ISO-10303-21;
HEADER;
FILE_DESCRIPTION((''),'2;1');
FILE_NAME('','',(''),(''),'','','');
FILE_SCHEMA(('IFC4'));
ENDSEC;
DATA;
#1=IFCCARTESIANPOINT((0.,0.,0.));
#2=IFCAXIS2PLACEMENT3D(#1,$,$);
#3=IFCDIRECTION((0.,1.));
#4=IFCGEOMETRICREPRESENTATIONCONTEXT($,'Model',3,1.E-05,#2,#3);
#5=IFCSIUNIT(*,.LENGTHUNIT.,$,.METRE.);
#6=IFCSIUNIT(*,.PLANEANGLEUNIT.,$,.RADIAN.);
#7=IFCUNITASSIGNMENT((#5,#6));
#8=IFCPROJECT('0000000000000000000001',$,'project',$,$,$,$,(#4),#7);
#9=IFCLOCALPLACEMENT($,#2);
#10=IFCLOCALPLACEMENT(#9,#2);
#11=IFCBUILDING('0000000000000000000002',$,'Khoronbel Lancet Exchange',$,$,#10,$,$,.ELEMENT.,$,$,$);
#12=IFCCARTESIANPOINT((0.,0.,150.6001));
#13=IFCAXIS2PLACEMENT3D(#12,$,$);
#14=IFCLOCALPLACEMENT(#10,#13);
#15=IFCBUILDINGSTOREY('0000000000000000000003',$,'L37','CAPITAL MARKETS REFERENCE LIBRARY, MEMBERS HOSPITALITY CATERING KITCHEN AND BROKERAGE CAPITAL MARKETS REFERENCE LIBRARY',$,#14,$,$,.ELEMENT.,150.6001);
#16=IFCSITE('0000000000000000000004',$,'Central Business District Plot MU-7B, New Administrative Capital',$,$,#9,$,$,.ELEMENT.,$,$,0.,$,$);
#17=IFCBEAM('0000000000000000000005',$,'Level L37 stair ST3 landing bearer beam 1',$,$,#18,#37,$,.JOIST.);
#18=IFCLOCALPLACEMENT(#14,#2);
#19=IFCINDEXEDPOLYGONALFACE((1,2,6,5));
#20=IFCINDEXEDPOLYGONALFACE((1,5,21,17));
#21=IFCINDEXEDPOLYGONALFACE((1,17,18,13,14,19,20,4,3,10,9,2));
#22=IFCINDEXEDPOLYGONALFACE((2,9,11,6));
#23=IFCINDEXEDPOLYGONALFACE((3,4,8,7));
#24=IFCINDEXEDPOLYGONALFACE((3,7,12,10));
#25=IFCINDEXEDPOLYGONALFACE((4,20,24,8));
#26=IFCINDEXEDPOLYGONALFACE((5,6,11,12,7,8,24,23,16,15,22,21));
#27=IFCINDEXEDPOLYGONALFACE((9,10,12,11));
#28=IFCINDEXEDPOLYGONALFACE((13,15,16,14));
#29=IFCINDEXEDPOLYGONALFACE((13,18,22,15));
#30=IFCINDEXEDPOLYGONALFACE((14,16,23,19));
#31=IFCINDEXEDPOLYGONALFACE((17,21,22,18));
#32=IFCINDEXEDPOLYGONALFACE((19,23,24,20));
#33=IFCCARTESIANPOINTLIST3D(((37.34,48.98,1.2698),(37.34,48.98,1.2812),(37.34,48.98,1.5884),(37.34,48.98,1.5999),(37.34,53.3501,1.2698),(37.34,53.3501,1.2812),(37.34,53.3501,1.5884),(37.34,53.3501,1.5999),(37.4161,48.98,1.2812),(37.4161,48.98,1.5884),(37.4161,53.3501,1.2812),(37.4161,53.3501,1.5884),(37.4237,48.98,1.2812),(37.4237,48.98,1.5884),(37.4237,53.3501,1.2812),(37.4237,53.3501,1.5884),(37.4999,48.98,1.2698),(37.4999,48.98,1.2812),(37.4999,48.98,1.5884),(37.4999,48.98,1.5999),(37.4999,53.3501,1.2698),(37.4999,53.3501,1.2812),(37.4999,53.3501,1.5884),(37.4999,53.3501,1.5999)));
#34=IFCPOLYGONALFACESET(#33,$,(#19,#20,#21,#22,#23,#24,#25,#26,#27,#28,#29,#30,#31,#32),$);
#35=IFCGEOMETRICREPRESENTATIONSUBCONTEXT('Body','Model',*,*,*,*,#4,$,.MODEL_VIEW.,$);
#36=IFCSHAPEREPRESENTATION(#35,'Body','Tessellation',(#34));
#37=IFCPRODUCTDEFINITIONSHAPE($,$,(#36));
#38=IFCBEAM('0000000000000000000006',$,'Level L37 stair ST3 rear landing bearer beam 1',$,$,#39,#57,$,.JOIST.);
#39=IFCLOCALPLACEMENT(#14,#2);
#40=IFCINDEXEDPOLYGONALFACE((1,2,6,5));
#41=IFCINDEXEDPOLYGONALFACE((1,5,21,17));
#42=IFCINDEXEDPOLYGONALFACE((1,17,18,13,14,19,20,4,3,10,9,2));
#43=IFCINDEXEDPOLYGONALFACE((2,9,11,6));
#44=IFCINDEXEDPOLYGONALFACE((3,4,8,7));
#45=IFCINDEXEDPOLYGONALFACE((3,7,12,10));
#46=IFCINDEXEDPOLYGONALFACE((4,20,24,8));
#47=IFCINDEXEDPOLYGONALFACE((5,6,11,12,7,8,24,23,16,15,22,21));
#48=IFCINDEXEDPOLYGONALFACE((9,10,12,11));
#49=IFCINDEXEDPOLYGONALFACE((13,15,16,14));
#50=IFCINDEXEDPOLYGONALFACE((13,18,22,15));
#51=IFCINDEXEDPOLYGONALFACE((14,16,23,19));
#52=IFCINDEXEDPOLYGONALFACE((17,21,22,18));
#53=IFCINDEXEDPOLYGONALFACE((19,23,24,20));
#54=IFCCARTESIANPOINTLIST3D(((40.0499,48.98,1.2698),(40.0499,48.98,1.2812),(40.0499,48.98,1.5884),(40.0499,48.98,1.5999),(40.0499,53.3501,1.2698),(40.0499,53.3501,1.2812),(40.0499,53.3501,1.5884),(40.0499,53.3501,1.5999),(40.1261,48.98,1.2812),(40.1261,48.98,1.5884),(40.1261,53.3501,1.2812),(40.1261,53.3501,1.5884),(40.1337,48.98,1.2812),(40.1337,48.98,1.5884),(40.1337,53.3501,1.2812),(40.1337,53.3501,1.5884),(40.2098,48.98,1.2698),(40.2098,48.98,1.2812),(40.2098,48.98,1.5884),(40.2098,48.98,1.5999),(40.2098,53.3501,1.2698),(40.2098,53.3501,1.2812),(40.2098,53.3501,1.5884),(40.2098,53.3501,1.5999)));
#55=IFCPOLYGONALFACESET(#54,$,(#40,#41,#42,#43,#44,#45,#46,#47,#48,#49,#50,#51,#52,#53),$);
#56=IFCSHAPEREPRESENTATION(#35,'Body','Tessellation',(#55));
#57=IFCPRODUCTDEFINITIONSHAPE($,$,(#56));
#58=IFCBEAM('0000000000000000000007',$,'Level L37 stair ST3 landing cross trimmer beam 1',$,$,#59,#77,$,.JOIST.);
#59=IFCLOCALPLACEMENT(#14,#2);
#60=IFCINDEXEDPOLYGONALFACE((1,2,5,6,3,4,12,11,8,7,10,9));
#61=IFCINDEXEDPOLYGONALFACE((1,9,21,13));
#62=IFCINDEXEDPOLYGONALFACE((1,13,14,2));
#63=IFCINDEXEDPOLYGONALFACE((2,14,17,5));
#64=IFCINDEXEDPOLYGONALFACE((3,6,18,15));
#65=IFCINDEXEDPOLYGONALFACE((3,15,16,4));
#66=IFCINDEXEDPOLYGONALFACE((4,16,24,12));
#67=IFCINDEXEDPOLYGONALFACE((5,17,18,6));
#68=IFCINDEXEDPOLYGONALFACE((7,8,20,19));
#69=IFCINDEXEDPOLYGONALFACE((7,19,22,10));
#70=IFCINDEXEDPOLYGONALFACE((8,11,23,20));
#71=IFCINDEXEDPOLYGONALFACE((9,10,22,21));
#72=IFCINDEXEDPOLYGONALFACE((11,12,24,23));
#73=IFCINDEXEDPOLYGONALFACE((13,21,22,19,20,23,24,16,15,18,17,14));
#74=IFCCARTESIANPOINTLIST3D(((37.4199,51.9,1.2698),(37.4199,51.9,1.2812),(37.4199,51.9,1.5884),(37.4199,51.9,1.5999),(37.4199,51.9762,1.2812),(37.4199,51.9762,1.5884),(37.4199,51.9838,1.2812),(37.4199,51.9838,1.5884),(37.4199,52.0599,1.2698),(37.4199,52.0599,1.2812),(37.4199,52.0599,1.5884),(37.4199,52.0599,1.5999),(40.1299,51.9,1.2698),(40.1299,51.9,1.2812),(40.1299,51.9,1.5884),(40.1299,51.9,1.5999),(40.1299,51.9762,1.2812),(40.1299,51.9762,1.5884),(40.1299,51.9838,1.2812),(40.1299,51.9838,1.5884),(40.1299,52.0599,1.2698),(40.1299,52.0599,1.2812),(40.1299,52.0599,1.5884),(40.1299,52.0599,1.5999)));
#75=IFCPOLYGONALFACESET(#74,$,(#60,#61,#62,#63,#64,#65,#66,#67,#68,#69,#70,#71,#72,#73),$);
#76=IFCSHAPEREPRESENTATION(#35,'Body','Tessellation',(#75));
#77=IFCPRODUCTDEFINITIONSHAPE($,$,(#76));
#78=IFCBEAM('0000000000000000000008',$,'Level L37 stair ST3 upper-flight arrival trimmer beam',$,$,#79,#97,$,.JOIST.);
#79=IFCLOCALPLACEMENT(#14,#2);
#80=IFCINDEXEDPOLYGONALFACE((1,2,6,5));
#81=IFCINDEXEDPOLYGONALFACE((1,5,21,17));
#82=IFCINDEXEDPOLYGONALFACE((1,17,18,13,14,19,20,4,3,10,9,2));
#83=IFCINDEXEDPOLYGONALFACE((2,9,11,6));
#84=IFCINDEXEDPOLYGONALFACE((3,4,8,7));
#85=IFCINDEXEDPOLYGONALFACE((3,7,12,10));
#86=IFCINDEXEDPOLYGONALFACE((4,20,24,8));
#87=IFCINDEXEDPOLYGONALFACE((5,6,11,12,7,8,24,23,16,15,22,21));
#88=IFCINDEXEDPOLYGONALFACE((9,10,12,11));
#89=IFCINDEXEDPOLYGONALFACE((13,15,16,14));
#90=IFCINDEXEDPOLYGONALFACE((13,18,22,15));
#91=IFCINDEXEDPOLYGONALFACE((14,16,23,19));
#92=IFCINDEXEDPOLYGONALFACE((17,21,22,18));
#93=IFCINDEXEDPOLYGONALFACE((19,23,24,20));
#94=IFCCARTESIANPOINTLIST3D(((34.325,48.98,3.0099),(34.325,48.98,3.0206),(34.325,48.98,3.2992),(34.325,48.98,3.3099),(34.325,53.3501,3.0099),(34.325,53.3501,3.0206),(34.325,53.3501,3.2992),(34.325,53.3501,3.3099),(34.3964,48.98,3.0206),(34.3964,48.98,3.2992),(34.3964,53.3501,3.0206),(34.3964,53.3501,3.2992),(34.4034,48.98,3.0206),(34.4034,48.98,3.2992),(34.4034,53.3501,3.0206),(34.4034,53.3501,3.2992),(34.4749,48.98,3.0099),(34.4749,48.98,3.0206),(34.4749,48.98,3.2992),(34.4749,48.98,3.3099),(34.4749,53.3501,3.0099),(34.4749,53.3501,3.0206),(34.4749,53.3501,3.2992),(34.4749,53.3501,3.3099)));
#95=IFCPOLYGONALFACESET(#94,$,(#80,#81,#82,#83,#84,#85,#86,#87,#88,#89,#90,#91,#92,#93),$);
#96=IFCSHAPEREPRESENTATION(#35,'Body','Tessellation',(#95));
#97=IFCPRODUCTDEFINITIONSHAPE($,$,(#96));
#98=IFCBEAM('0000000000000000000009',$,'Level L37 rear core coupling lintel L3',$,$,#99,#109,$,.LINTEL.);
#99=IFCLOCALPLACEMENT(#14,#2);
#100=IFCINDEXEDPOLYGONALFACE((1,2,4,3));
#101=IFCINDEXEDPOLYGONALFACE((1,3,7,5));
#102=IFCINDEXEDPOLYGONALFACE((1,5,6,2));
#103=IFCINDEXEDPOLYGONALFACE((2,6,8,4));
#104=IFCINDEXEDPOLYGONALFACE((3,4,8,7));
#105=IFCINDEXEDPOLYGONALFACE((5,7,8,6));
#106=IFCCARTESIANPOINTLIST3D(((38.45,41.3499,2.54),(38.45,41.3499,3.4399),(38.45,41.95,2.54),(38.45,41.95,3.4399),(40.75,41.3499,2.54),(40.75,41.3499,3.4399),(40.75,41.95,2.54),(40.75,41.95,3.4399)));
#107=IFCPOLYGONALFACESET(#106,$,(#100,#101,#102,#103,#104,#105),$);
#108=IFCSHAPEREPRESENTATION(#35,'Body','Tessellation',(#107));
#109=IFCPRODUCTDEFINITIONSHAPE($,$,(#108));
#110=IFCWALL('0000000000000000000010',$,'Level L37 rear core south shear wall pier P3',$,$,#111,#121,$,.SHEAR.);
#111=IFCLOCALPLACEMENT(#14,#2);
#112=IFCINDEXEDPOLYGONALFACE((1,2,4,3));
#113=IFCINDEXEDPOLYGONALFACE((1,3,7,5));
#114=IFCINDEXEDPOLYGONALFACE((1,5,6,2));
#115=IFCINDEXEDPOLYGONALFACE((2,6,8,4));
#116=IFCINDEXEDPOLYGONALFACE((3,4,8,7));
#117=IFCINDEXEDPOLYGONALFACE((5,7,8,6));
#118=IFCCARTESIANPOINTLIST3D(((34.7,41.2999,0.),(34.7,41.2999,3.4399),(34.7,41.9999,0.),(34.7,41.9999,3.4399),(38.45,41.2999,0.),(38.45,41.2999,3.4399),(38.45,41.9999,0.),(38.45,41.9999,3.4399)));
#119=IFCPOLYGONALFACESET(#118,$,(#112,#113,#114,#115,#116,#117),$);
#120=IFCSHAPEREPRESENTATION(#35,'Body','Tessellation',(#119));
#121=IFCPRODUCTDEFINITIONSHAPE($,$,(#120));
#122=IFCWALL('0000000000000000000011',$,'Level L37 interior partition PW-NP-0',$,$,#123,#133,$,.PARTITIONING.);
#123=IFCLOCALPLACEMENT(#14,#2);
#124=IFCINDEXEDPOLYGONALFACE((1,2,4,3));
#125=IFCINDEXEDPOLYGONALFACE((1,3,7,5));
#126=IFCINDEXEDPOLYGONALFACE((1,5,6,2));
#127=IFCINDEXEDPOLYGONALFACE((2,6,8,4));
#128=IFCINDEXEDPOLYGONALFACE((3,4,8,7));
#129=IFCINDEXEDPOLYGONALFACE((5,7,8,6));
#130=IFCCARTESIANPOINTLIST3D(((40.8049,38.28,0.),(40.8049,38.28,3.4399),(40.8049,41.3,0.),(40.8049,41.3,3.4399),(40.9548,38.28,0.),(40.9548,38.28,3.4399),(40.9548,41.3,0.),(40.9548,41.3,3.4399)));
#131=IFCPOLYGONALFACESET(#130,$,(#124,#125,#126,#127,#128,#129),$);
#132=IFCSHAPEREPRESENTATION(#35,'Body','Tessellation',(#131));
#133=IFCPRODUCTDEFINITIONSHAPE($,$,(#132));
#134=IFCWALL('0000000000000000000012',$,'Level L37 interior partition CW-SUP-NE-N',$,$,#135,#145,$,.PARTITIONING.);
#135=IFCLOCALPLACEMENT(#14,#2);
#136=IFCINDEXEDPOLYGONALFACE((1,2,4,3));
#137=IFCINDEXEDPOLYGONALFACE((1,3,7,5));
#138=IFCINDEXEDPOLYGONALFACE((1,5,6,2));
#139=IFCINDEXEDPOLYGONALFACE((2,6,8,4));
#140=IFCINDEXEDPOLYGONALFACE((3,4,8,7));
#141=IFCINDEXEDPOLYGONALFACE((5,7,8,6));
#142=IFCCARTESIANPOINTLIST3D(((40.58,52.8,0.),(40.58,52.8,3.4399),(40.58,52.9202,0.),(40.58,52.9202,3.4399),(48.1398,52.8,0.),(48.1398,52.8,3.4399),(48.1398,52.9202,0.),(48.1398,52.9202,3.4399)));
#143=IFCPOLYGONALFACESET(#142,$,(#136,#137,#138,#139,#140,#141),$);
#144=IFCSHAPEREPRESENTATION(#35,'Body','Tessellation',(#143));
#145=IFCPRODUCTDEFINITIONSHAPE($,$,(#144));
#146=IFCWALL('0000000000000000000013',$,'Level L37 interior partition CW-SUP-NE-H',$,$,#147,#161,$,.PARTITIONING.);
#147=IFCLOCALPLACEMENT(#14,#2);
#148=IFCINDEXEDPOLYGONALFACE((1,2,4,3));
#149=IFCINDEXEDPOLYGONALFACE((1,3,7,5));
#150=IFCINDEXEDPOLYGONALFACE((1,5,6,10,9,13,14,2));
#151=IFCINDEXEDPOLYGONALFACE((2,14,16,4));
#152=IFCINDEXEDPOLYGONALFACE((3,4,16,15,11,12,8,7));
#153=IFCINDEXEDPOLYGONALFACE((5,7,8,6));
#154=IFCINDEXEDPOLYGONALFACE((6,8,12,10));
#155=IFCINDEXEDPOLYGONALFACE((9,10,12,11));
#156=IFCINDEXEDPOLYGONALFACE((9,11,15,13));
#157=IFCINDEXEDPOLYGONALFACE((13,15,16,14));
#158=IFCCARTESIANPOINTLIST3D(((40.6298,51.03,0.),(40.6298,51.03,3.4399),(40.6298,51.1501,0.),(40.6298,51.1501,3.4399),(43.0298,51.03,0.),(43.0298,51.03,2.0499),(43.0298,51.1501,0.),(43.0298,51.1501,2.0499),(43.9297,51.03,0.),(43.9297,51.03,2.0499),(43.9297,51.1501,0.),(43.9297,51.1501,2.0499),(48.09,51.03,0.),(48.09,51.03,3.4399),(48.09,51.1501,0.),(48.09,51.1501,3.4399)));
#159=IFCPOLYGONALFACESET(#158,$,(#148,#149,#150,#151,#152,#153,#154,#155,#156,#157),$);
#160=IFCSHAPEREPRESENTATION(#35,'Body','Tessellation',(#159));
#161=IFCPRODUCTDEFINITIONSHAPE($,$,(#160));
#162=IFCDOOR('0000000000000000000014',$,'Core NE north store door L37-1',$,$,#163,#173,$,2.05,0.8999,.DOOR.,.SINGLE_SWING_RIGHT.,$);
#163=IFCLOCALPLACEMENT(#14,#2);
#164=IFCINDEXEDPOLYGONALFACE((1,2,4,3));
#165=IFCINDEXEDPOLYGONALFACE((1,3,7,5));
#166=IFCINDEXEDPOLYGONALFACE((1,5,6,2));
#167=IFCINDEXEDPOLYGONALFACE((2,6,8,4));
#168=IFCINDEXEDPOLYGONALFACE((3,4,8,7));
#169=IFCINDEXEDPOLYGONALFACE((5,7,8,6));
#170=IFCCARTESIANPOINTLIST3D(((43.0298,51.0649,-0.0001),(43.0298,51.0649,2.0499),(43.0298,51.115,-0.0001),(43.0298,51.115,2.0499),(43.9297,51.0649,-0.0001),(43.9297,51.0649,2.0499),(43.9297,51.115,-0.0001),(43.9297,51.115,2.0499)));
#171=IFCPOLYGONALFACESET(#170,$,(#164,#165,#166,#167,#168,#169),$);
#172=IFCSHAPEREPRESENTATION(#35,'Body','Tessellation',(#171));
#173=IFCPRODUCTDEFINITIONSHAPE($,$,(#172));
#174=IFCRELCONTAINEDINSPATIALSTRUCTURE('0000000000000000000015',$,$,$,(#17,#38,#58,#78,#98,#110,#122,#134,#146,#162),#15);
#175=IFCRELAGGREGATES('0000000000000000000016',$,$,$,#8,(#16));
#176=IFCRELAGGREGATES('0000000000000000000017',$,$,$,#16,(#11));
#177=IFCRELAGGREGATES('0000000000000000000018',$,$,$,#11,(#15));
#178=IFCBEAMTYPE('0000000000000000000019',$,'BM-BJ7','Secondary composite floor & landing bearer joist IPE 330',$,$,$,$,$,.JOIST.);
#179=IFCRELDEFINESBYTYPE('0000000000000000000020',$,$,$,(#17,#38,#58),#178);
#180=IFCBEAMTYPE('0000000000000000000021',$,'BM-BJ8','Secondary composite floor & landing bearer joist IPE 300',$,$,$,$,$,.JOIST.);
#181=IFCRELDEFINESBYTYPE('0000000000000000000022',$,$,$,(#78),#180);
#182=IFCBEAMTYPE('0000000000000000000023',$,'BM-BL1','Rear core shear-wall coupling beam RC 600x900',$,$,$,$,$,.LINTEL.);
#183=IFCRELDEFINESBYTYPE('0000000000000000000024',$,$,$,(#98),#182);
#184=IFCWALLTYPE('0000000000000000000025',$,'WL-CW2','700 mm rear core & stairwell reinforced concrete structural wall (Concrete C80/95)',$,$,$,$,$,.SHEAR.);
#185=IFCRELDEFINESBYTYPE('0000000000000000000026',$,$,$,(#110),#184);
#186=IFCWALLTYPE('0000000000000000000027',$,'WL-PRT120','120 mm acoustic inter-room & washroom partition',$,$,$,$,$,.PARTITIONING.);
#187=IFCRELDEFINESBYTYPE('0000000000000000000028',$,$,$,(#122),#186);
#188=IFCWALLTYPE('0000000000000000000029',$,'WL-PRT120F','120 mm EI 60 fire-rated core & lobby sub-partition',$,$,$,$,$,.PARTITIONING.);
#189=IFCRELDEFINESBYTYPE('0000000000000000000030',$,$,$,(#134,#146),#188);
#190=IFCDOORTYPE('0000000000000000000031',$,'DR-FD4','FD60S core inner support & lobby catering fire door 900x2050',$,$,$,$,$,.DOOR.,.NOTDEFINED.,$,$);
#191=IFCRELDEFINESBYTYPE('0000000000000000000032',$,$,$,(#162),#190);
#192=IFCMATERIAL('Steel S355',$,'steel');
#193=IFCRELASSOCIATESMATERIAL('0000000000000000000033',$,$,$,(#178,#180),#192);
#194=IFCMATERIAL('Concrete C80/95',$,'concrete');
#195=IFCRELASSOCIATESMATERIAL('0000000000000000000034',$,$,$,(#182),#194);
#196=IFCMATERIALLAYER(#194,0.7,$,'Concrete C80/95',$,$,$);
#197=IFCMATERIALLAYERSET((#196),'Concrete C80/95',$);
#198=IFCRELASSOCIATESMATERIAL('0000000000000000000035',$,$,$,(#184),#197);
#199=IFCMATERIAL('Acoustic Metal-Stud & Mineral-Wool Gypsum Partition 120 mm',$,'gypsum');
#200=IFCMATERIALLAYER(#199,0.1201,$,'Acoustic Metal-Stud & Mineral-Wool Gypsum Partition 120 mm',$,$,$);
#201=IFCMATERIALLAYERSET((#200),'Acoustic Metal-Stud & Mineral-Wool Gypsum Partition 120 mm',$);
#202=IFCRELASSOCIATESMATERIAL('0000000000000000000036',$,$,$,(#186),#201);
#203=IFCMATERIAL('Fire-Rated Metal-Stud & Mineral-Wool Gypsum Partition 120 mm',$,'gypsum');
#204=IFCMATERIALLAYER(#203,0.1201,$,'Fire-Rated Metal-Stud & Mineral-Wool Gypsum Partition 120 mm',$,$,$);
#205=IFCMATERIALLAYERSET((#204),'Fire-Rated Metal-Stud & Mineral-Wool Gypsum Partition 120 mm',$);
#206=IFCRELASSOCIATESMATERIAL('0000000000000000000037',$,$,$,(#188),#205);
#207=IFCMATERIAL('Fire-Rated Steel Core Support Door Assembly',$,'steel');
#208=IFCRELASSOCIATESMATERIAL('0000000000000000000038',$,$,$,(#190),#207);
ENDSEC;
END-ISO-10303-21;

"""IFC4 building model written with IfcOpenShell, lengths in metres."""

from ifc_helpers import new_model, si_unit, direction, frame, frame_2d, origin, origin_2d, place, context, subcontext, project, spatial, rectangle, i_section, extrude, material, layer, layer_set, material_profile, profile_set, type_object, element, fill, save


model = new_model("IFC4")

# Units and contexts
model_context = context("Model", 3, precision=1e-05, world=origin(), true_north=direction((0.0, 1.0)))
body_context = subcontext(model_context, "Body", "Model", "MODEL_VIEW")
ifc_project = project(units=[si_unit("LENGTHUNIT", "METRE"), si_unit("PLANEANGLEUNIT", "RADIAN")], contexts=[model_context])

# Site, building, storey
site_placement = place(None, origin())
site = spatial("IfcSite", under=ifc_project, at=site_placement, Name="Central Business District Plot MU-7B, New Administrative Capital", CompositionType="ELEMENT", RefElevation=0.0)
building_placement = place(site_placement, origin())
building = spatial("IfcBuilding", under=site, at=building_placement, Name="Khoronbel Lancet Exchange", CompositionType="ELEMENT")
storey_placement = place(building_placement, frame((0.0, 0.0, 150.6001)))
storey = spatial("IfcBuildingStorey", under=building, at=storey_placement, Name="L37", Description="CAPITAL MARKETS REFERENCE LIBRARY, MEMBERS HOSPITALITY CATERING KITCHEN AND BROKERAGE CAPITAL MARKETS REFERENCE LIBRARY", CompositionType="ELEMENT", Elevation=150.6001)

# Beams
ifc_material_1 = material(Name="Steel S355", Category="steel")
ifc_material_profile_1 = material_profile(ifc_material_1, i_section(OverallWidth=0.1599, OverallDepth=0.3301, WebThickness=0.0076, FlangeThickness=0.0115, at=origin_2d()), Name="IPE 330")
ifc_profile_set_1 = profile_set([ifc_material_profile_1], Name="Steel S355")
beam_type_1 = type_object("IfcBeamType", Name="BM-BJ7", Description="Secondary composite floor & landing bearer joist IPE 330", PredefinedType="JOIST", material=ifc_profile_set_1)
for number, where, z_axis, x_axis, name in (
    (1, (37.4199, 48.98, 1.4348), (0.0, 1.0, 0.0), (-1.0, 0.0, 0.0), "Level L37 stair ST3 landing bearer beam 1"),
    (2, (40.1299, 48.98, 1.4348), (0.0, 1.0, 0.0), (-1.0, 0.0, 0.0), "Level L37 stair ST3 rear landing bearer beam 1"),
):
    element("IfcBeam", number, at=place(storey_placement, frame(where, z_axis=z_axis, x_axis=x_axis)), inside=storey, type_object=beam_type_1, Name=name, PredefinedType="JOIST", context=body_context, shape_type="SweptSolid", body=[
        extrude(i_section(OverallWidth=0.1599, OverallDepth=0.3301, WebThickness=0.0076, FlangeThickness=0.0115, at=origin_2d()), origin(), (0.0, 0.0, 1.0), 4.3701),
    ])
beam_1_placement = place(storey_placement, frame((37.4199, 51.98, 1.4348), z_axis=(1.0, 0.0, 0.0), x_axis=(0.0, 1.0, 0.0)))
element("IfcBeam", 3, at=beam_1_placement, inside=storey, type_object=beam_type_1, Name="Level L37 stair ST3 landing cross trimmer beam 1", PredefinedType="JOIST", context=body_context, shape_type="SweptSolid", body=[
    extrude(i_section(OverallWidth=0.1599, OverallDepth=0.3301, WebThickness=0.0076, FlangeThickness=0.0115, at=origin_2d()), origin(), (0.0, 0.0, 1.0), 2.71),
])
ifc_material_profile_2 = material_profile(ifc_material_1, i_section(OverallWidth=0.1499, OverallDepth=0.3, WebThickness=0.0071, FlangeThickness=0.0107, at=origin_2d()), Name="IPE 300")
ifc_profile_set_2 = profile_set([ifc_material_profile_2], Name="Steel S355")
beam_type_2 = type_object("IfcBeamType", Name="BM-BJ8", Description="Secondary composite floor & landing bearer joist IPE 300", PredefinedType="JOIST", material=ifc_profile_set_2)
beam_2_placement = place(storey_placement, frame((34.3999, 48.98, 3.1599), z_axis=(0.0, 1.0, 0.0), x_axis=(-1.0, 0.0, 0.0)))
element("IfcBeam", 4, at=beam_2_placement, inside=storey, type_object=beam_type_2, Name="Level L37 stair ST3 upper-flight arrival trimmer beam", PredefinedType="JOIST", context=body_context, shape_type="SweptSolid", body=[
    extrude(i_section(OverallWidth=0.1499, OverallDepth=0.3, WebThickness=0.0071, FlangeThickness=0.0107, at=origin_2d()), origin(), (0.0, 0.0, 1.0), 4.3701),
])
ifc_material_2 = material(Name="Concrete C80/95", Category="concrete")
ifc_material_profile_3 = material_profile(ifc_material_2, rectangle(XDim=0.6001, YDim=0.8999, at=origin_2d()), Name="RC 600x900")
ifc_profile_set_3 = profile_set([ifc_material_profile_3], Name="Concrete C80/95")
beam_type_3 = type_object("IfcBeamType", Name="BM-BL1", Description="Rear core shear-wall coupling beam RC 600x900", PredefinedType="LINTEL", material=ifc_profile_set_3)
beam_3_placement = place(storey_placement, frame((38.45, 41.6499, 2.99), z_axis=(1.0, 0.0, 0.0), x_axis=(0.0, 1.0, 0.0)))
element("IfcBeam", 5, at=beam_3_placement, inside=storey, type_object=beam_type_3, Name="Level L37 rear core coupling lintel L3", PredefinedType="LINTEL", context=body_context, shape_type="SweptSolid", body=[
    extrude(rectangle(XDim=0.6001, YDim=0.8999, at=origin_2d()), origin(), (0.0, 0.0, 1.0), 2.3),
])

# Walls
ifc_layer_1 = layer(ifc_material_2, 0.7, Name="Concrete C80/95")
ifc_layer_set_1 = layer_set([ifc_layer_1], Name="Concrete C80/95")
wall_type_1 = type_object("IfcWallType", Name="WL-CW2", Description="700 mm rear core & stairwell reinforced concrete structural wall (Concrete C80/95)", PredefinedType="SHEAR", material=ifc_layer_set_1)
wall_1_placement = place(storey_placement, frame((38.45, 41.6499, 0.0), z_axis=(0.0, 0.0, 1.0), x_axis=(-1.0, 0.0, 0.0)))
element("IfcWall", 6, at=wall_1_placement, inside=storey, type_object=wall_type_1, Name="Level L37 rear core south shear wall pier P3", PredefinedType="SHEAR", context=body_context, shape_type="SweptSolid", body=[
    extrude(rectangle(XDim=3.75, YDim=0.7, at=frame_2d((1.875, 0.0))), origin(), (0.0, 0.0, 1.0), 3.4399),
])
ifc_material_3 = material(Name="Acoustic Metal-Stud & Mineral-Wool Gypsum Partition 120 mm", Category="gypsum")
ifc_layer_2 = layer(ifc_material_3, 0.1201, Name="Acoustic Metal-Stud & Mineral-Wool Gypsum Partition 120 mm")
ifc_layer_set_2 = layer_set([ifc_layer_2], Name="Acoustic Metal-Stud & Mineral-Wool Gypsum Partition 120 mm")
wall_type_2 = type_object("IfcWallType", Name="WL-PRT120", Description="120 mm acoustic inter-room & washroom partition", PredefinedType="PARTITIONING", material=ifc_layer_set_2)
wall_2_placement = place(storey_placement, frame((40.8799, 38.28, 0.0), z_axis=(0.0, 0.0, 1.0), x_axis=(0.0, 1.0, 0.0)))
element("IfcWall", 7, at=wall_2_placement, inside=storey, type_object=wall_type_2, Name="Level L37 interior partition PW-NP-0", PredefinedType="PARTITIONING", context=body_context, shape_type="SweptSolid", body=[
    extrude(rectangle(XDim=3.02, YDim=0.1499, at=frame_2d((1.51, 0.0))), origin(), (0.0, 0.0, 1.0), 3.4399),
])
ifc_material_4 = material(Name="Fire-Rated Metal-Stud & Mineral-Wool Gypsum Partition 120 mm", Category="gypsum")
ifc_layer_3 = layer(ifc_material_4, 0.1201, Name="Fire-Rated Metal-Stud & Mineral-Wool Gypsum Partition 120 mm")
ifc_layer_set_3 = layer_set([ifc_layer_3], Name="Fire-Rated Metal-Stud & Mineral-Wool Gypsum Partition 120 mm")
wall_type_3 = type_object("IfcWallType", Name="WL-PRT120F", Description="120 mm EI 60 fire-rated core & lobby sub-partition", PredefinedType="PARTITIONING", material=ifc_layer_set_3)
wall_3_placement = place(storey_placement, frame((40.5801, 52.8601, 0.0), z_axis=(0.0, 0.0, 1.0), x_axis=(1.0, 0.0, 0.0)))
element("IfcWall", 8, at=wall_3_placement, inside=storey, type_object=wall_type_3, Name="Level L37 interior partition CW-SUP-NE-N", PredefinedType="PARTITIONING", context=body_context, shape_type="SweptSolid", body=[
    extrude(rectangle(XDim=7.5598, YDim=0.1201, at=frame_2d((3.7798, 0.0))), origin(), (0.0, 0.0, 1.0), 3.4399),
])

# Wall, opening, door
wall_4_placement = place(storey_placement, frame((40.6299, 51.0901, 0.0), z_axis=(0.0, 0.0, 1.0), x_axis=(1.0, 0.0, 0.0)))
wall_4 = element("IfcWall", 9, at=wall_4_placement, inside=storey, type_object=wall_type_3, Name="Level L37 interior partition CW-SUP-NE-H", PredefinedType="PARTITIONING", context=body_context, shape_type="SweptSolid", body=[
    extrude(rectangle(XDim=7.4602, YDim=0.1201, at=frame_2d((3.73, 0.0))), origin(), (0.0, 0.0, 1.0), 3.4399),
])
opening_1_placement = place(wall_4_placement, frame((2.3999, 0.0, 0.0)))
opening_1 = element("IfcOpeningElement", 10, at=opening_1_placement, cuts=wall_4, PredefinedType="OPENING", context=body_context, shape_type="SweptSolid", body=[
    extrude(rectangle(XDim=0.8999, YDim=2.05, at=frame_2d((0.45, 1.0249))), frame((0.0, 0.0701, 0.0), z_axis=(0.0, -1.0, 0.0), x_axis=(1.0, 0.0, 0.0)), (0.0, 0.0, 1.0), 0.1401),
])
ifc_material_5 = material(Name="Fire-Rated Steel Core Support Door Assembly", Category="steel")
door_type_1 = type_object("IfcDoorType", Name="DR-FD4", Description="FD60S core inner support & lobby catering fire door 900x2050", OperationType="NOTDEFINED", PredefinedType="DOOR", material=ifc_material_5)
door_1_placement = place(opening_1_placement, origin())
door_1 = element("IfcDoor", 11, at=door_1_placement, inside=storey, type_object=door_type_1, Name="Core NE north store door L37-1", OperationType="SINGLE_SWING_RIGHT", OverallHeight=2.05, OverallWidth=0.8999, PredefinedType="DOOR", context=body_context, shape_type="SweptSolid", body=[
    extrude(rectangle(XDim=0.8999, YDim=2.05, at=frame_2d((0.45, 1.0249))), frame((0.0, 0.0249, 0.0), z_axis=(0.0, -1.0, 0.0), x_axis=(1.0, 0.0, 0.0)), (0.0, 0.0, 1.0), 0.05),
])
fill(opening_1, door_1)

save(model, "model.ifc")
